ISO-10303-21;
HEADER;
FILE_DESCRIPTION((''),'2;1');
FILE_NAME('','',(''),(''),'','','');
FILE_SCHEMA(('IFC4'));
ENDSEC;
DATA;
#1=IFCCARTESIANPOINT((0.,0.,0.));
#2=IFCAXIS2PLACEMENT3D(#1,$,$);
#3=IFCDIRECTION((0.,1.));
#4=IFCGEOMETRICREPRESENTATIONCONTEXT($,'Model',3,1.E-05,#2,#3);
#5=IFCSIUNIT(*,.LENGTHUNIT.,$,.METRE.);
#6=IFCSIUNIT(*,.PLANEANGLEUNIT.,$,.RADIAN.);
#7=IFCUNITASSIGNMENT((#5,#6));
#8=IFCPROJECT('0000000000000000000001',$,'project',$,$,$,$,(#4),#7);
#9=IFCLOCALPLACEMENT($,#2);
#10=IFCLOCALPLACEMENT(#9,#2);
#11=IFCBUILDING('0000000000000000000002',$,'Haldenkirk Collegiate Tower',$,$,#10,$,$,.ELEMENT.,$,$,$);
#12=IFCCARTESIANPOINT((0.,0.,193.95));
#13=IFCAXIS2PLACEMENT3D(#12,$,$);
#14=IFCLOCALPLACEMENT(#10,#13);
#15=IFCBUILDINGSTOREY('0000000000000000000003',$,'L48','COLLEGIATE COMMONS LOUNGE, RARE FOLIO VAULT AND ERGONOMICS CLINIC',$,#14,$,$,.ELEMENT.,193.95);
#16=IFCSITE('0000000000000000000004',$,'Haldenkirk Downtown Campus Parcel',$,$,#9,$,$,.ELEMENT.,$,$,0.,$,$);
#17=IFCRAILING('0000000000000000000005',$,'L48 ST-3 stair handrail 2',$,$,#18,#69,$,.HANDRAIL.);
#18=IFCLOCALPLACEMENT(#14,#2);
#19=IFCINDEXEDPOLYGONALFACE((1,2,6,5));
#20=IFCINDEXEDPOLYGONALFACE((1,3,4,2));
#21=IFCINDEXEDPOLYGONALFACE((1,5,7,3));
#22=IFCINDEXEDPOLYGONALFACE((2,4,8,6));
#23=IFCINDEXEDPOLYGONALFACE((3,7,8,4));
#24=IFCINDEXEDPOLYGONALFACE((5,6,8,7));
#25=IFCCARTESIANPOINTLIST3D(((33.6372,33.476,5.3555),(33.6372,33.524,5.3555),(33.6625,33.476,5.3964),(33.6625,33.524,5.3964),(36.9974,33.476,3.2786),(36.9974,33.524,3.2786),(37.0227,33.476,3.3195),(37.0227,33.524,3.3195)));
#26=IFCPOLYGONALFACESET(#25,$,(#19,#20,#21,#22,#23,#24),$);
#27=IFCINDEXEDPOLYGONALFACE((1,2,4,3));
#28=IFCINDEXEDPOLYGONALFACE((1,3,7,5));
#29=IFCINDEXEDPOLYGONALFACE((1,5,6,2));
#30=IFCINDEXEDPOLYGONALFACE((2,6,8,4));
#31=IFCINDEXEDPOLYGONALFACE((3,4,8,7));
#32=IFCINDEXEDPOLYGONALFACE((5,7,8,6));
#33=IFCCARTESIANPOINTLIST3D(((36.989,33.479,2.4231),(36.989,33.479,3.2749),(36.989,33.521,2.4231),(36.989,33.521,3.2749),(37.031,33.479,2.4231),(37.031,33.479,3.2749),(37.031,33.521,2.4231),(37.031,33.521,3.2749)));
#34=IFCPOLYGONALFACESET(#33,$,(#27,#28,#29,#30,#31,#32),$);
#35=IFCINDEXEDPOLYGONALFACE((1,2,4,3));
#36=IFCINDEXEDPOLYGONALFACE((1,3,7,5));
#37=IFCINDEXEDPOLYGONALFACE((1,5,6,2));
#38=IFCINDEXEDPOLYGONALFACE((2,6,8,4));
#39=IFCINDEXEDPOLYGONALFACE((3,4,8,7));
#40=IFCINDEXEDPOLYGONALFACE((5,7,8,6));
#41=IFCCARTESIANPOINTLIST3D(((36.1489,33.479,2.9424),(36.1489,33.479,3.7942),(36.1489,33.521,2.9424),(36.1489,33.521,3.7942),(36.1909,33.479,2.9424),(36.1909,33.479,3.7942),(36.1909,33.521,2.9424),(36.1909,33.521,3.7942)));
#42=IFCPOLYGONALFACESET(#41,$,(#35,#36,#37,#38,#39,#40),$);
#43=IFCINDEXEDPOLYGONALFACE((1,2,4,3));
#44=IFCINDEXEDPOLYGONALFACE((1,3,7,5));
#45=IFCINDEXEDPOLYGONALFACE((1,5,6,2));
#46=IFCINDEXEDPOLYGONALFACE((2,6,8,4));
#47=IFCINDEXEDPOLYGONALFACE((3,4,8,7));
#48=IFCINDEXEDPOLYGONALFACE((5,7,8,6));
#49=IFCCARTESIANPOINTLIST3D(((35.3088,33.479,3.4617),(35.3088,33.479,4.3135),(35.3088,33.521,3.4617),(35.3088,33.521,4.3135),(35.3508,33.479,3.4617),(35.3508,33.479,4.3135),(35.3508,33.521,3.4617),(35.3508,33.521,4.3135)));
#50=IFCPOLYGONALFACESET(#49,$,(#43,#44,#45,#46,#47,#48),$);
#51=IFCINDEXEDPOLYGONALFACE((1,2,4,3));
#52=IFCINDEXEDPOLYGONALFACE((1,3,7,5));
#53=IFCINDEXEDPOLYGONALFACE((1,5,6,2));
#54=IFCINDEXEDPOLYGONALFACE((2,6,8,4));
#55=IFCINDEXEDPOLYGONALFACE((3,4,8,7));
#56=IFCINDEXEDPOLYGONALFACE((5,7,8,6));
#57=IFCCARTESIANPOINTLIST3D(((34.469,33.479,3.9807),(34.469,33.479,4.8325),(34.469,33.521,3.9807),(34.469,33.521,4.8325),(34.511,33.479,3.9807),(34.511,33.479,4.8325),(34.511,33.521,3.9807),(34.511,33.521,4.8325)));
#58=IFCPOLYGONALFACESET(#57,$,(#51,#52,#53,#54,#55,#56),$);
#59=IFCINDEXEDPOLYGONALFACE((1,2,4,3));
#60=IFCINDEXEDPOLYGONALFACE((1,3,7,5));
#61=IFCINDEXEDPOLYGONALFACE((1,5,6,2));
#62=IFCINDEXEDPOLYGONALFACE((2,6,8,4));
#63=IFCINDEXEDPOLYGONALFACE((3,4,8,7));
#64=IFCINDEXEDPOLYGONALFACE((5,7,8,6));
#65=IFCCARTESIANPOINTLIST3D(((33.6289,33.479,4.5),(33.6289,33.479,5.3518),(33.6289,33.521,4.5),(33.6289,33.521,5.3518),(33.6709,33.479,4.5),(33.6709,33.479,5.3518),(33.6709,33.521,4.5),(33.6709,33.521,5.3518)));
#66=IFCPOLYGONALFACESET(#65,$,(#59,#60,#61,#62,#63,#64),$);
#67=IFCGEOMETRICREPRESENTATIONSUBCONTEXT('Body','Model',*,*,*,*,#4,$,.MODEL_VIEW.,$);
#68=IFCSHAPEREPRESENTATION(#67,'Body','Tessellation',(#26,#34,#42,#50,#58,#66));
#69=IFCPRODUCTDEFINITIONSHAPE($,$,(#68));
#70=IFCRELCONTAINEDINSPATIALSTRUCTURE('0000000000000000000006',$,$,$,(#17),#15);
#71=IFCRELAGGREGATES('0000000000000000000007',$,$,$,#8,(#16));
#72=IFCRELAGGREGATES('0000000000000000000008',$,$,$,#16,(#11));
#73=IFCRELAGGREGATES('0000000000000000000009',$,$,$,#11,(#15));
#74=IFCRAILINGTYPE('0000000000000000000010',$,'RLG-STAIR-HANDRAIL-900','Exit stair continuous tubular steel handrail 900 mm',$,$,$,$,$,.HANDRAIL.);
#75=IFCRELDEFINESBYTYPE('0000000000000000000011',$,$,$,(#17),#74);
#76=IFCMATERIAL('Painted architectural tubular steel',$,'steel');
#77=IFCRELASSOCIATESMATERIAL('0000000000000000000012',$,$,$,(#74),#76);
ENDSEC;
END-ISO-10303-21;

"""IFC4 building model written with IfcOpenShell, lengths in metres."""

from ifc_helpers import new_model, si_unit, direction, frame, origin, origin_2d, place, context, subcontext, project, spatial, rectangle, extrude, material, type_object, element, save


model = new_model("IFC4")

# Units and contexts
model_context = context("Model", 3, precision=1e-05, world=origin(), true_north=direction((0.0, 1.0)))
body_context = subcontext(model_context, "Body", "Model", "MODEL_VIEW")
ifc_project = project(units=[si_unit("LENGTHUNIT", "METRE"), si_unit("PLANEANGLEUNIT", "RADIAN")], contexts=[model_context])

# Site, building, storey
site_placement = place(None, origin())
site = spatial("IfcSite", under=ifc_project, at=site_placement, Name="Haldenkirk Downtown Campus Parcel", CompositionType="ELEMENT", RefElevation=0.0)
building_placement = place(site_placement, origin())
building = spatial("IfcBuilding", under=site, at=building_placement, Name="Haldenkirk Collegiate Tower", CompositionType="ELEMENT")
storey_placement = place(building_placement, frame((0.0, 0.0, 193.95)))
storey = spatial("IfcBuildingStorey", under=building, at=storey_placement, Name="L48", Description="COLLEGIATE COMMONS LOUNGE, RARE FOLIO VAULT AND ERGONOMICS CLINIC", CompositionType="ELEMENT", Elevation=193.95)

# Railing
ifc_material_1 = material(Name="Painted architectural tubular steel", Category="steel")
railing_type_1 = type_object("IfcRailingType", Name="RLG-STAIR-HANDRAIL-900", Description="Exit stair continuous tubular steel handrail 900 mm", PredefinedType="HANDRAIL", material=ifc_material_1)
railing_1_placement = place(storey_placement, frame((37.01, 33.5, 2.4231)))
element("IfcRailing", 1, at=railing_1_placement, inside=storey, type_object=railing_type_1, Name="L48 ST-3 stair handrail 2", PredefinedType="HANDRAIL", context=body_context, shape_type="SweptSolid", body=[
    extrude(rectangle(XDim=0.0481, YDim=0.0481, at=origin_2d()), frame((0.0, 0.0, 0.876), z_axis=(-0.850623, 0.0, 0.525776), x_axis=(0.0, -1.0, 0.0)), (0.0, 0.0, 1.0), 3.9502),
    extrude(rectangle(XDim=0.042, YDim=0.042, at=origin_2d()), origin(), (0.0, 0.0, 1.0), 0.8518),
    extrude(rectangle(XDim=0.042, YDim=0.042, at=origin_2d()), frame((-0.8401, 0.0, 0.5193)), (0.0, 0.0, 1.0), 0.8518),
    extrude(rectangle(XDim=0.042, YDim=0.042, at=origin_2d()), frame((-1.6802, 0.0, 1.0386)), (0.0, 0.0, 1.0), 0.8518),
    extrude(rectangle(XDim=0.042, YDim=0.042, at=origin_2d()), frame((-2.52, 0.0, 1.5576)), (0.0, 0.0, 1.0), 0.8518),
    extrude(rectangle(XDim=0.042, YDim=0.042, at=origin_2d()), frame((-3.3601, 0.0, 2.0769)), (0.0, 0.0, 1.0), 0.8518),
])

save(model, "model.ifc")
